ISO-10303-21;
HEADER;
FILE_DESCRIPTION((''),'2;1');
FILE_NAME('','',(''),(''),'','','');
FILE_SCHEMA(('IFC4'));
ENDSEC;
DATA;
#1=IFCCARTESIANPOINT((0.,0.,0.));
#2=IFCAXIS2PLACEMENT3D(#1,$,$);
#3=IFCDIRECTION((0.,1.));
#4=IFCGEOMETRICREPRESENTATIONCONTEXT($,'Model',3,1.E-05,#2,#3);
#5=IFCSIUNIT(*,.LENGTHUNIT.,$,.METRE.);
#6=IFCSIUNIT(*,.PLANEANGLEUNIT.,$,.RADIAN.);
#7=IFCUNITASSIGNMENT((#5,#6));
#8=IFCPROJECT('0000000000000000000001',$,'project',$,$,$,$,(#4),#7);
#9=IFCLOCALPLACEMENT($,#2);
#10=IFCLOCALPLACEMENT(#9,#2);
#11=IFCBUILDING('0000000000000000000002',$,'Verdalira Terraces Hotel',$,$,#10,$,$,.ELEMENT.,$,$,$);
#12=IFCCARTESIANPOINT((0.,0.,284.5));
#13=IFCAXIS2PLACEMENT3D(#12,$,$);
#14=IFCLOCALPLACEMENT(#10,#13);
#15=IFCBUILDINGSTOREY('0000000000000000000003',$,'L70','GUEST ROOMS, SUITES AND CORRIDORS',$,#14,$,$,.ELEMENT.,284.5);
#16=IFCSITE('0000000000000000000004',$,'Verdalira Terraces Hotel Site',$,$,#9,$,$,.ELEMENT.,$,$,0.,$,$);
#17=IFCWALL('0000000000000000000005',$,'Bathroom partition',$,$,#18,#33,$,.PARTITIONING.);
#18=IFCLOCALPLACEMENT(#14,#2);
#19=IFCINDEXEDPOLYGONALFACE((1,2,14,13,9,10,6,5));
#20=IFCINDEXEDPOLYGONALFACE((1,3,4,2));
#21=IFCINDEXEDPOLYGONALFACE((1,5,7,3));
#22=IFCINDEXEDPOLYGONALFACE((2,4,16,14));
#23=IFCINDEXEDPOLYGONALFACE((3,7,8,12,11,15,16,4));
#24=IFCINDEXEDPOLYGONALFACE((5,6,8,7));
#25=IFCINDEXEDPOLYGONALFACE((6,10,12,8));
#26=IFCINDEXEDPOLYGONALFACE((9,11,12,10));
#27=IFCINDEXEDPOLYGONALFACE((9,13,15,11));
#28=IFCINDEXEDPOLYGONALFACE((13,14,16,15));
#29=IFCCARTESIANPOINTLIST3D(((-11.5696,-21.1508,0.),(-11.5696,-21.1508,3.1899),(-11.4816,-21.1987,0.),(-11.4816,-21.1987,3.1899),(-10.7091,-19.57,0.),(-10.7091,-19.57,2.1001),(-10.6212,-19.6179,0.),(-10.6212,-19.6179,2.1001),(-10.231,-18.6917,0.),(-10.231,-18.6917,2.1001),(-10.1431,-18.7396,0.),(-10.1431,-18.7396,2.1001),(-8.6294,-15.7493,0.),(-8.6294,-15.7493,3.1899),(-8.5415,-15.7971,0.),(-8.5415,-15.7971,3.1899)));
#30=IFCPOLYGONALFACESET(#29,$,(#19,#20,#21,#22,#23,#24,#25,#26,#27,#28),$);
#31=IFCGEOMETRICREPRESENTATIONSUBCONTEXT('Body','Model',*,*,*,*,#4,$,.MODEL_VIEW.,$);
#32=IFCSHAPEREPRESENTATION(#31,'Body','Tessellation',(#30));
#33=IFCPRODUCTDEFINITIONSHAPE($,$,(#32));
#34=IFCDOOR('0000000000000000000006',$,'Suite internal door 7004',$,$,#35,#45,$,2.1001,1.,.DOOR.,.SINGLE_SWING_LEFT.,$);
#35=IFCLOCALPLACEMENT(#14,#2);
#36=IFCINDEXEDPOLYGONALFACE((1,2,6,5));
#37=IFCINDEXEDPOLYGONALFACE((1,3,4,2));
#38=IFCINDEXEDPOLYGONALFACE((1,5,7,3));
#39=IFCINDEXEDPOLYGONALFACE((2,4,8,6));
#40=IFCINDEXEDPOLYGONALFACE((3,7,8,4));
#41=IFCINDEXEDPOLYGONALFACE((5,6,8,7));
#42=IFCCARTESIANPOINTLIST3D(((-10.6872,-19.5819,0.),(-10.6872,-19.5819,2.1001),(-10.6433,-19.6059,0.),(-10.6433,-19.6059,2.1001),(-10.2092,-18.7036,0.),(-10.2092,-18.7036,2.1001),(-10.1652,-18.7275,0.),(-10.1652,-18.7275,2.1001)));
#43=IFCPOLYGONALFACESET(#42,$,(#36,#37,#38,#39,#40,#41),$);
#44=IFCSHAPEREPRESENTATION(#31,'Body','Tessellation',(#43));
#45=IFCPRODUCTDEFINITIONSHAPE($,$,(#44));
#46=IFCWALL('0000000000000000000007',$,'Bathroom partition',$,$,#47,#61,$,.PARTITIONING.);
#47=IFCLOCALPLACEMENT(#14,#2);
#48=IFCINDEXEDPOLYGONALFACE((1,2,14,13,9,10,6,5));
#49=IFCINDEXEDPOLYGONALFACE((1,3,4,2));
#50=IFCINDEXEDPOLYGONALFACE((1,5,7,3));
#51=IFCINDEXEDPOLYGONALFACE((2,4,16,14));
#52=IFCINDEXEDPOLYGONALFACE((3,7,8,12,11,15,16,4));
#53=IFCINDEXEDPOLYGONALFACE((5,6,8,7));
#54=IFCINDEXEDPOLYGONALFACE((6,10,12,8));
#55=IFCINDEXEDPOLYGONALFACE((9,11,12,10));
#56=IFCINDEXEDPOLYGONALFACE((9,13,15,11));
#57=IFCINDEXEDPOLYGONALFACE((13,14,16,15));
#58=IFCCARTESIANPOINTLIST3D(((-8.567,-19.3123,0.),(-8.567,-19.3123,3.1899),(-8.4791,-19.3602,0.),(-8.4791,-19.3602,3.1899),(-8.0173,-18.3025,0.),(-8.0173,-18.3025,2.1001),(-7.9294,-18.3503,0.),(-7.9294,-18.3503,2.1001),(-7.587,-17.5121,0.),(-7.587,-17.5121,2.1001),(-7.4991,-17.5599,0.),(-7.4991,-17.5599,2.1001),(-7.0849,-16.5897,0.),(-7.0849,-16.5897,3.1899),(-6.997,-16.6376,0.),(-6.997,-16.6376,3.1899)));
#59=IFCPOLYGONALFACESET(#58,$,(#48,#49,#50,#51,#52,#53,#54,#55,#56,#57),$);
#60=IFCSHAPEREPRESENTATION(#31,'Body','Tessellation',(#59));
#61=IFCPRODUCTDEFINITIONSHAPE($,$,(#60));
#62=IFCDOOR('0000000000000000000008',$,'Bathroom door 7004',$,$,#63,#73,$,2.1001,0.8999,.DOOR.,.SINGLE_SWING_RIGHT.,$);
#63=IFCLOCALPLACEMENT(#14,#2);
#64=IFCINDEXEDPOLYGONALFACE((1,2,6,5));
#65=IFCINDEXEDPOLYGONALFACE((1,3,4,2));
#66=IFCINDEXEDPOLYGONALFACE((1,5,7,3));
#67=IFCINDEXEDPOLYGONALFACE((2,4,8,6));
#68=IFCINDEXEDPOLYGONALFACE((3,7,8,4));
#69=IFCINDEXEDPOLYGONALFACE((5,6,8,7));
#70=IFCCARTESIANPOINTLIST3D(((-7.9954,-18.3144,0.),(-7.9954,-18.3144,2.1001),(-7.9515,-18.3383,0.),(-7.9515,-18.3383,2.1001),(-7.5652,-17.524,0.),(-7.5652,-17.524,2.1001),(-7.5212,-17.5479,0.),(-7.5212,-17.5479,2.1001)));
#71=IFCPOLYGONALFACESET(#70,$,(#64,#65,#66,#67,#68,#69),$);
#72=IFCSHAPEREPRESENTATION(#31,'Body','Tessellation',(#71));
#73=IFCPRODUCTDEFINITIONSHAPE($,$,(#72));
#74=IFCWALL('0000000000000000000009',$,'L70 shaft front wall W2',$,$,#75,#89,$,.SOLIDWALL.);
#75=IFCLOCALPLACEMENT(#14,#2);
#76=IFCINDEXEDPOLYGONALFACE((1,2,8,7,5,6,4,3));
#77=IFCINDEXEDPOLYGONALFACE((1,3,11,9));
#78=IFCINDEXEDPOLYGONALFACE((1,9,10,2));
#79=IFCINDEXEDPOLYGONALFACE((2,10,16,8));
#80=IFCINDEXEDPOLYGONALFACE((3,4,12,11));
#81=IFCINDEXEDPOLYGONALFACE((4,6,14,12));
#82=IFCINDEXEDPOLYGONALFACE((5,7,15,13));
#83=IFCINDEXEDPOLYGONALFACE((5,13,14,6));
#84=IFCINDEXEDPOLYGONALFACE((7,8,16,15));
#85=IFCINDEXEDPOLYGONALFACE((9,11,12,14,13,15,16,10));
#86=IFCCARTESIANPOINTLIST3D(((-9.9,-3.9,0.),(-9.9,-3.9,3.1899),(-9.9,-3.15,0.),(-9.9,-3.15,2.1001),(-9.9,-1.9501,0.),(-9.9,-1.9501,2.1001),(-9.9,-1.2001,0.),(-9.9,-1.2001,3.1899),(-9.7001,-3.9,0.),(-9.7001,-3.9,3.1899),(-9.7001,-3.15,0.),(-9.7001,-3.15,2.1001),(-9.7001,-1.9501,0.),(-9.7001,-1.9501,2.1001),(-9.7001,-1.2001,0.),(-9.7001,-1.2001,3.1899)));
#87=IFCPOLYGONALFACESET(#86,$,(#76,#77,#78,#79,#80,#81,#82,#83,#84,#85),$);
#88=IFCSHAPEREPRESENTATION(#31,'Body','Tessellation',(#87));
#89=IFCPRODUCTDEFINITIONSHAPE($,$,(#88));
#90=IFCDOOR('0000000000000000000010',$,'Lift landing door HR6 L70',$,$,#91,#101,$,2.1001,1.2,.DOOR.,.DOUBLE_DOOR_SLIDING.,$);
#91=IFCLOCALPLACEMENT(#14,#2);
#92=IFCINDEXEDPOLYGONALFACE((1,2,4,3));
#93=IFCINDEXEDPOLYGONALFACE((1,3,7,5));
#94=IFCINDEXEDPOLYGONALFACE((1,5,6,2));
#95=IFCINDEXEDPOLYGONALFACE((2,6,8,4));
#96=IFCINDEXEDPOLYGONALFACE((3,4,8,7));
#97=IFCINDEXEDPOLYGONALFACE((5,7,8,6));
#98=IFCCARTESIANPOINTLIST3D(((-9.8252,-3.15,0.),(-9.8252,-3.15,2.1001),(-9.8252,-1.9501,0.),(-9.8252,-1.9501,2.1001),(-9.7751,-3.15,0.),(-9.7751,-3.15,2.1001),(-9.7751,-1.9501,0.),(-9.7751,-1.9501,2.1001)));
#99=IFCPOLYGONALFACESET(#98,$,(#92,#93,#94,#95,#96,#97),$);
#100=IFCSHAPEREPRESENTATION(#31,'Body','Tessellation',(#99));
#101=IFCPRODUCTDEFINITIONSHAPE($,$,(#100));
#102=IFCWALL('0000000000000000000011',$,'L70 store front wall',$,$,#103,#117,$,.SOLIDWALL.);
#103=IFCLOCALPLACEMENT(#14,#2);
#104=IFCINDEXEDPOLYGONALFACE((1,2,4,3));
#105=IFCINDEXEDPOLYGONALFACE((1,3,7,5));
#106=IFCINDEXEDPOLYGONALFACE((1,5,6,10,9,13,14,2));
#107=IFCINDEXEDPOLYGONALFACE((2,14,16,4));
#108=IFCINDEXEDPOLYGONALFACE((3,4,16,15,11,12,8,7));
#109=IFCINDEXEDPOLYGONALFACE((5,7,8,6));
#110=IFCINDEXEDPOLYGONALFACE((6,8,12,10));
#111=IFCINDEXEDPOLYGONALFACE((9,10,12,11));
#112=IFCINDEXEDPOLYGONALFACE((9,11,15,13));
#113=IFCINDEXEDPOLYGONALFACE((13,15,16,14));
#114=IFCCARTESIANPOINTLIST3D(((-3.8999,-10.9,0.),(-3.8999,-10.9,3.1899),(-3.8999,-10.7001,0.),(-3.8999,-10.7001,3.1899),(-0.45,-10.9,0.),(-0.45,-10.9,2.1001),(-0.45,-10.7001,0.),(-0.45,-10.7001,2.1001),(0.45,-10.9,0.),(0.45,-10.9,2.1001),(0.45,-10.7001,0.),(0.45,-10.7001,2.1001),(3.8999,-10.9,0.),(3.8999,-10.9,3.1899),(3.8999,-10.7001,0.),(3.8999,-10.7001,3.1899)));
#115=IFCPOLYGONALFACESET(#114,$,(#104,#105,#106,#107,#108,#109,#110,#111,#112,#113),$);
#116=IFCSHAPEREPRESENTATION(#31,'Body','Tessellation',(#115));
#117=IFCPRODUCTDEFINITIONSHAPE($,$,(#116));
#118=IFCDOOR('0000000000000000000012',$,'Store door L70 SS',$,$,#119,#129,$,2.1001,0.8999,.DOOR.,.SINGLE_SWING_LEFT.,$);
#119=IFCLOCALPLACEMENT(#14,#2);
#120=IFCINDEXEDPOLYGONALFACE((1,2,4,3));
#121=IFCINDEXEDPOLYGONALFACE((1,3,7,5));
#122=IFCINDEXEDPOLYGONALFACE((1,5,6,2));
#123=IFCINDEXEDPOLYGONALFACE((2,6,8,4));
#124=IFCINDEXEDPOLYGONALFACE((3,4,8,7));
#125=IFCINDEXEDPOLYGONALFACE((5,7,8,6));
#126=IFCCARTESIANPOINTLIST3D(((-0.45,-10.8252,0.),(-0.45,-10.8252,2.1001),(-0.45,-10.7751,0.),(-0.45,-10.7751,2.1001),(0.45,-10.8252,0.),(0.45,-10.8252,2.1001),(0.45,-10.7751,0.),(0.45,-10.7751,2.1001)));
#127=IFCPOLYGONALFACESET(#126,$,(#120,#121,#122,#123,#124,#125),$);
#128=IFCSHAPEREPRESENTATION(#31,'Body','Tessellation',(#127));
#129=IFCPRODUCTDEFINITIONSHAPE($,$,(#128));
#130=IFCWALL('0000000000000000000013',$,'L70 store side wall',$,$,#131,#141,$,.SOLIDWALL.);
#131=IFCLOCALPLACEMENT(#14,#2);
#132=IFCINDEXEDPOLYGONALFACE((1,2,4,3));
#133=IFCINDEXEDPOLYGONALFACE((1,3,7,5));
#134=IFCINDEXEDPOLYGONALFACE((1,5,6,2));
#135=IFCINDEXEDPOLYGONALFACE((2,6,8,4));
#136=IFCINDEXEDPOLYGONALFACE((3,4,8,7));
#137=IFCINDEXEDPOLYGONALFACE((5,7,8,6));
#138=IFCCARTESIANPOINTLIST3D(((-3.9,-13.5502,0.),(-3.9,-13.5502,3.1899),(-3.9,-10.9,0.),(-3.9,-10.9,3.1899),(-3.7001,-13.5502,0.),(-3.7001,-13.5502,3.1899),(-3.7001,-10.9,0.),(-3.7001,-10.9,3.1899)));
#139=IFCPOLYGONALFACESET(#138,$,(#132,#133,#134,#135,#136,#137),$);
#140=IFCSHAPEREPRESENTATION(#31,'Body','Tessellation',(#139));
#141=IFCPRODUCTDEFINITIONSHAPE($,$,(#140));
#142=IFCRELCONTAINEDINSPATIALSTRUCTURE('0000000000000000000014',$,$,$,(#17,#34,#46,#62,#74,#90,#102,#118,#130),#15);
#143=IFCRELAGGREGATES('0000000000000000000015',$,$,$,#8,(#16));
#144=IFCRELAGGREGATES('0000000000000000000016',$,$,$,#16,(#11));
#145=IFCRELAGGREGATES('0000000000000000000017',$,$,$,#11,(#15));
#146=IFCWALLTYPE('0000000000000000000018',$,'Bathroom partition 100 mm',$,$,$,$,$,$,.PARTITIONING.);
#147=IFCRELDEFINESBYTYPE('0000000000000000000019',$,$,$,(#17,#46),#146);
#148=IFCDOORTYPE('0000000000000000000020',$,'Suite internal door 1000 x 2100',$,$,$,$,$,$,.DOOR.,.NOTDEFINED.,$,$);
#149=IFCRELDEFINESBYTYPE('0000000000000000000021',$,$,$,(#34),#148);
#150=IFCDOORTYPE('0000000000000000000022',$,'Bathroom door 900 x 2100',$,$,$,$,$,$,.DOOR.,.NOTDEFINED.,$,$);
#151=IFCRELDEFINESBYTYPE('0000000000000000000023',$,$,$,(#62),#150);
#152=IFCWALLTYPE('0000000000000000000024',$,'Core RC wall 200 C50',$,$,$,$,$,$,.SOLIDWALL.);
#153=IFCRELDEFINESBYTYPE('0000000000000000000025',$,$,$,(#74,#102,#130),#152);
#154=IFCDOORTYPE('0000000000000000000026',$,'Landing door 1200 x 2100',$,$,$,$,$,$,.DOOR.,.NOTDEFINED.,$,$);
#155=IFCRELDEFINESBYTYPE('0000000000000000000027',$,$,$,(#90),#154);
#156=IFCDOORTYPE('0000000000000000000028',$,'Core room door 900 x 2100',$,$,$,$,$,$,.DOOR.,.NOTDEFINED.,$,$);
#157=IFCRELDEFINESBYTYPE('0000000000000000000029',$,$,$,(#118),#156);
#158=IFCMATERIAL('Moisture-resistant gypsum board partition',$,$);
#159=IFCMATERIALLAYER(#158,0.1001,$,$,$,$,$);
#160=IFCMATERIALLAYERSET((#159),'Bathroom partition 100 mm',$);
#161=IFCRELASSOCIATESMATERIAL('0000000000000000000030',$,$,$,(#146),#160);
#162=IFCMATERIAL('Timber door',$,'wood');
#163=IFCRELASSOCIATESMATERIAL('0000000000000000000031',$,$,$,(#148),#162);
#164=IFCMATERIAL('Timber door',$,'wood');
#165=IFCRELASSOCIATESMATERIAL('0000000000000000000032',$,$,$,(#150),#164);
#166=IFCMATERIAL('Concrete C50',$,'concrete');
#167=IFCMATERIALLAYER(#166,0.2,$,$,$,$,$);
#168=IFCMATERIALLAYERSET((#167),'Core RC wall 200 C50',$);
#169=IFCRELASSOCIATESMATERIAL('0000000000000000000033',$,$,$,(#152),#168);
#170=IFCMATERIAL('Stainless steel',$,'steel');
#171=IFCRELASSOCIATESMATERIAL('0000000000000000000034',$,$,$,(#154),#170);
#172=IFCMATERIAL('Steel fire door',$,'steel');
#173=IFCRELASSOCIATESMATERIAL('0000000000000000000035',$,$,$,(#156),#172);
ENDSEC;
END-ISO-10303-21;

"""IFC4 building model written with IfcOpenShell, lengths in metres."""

from ifc_helpers import new_model, si_unit, direction, frame, frame_2d, origin, place, context, subcontext, project, spatial, rectangle, extrude, material, layer, layer_set, type_object, element, fill, save


model = new_model("IFC4")

# Units and contexts
model_context = context("Model", 3, precision=1e-05, world=origin(), true_north=direction((0.0, 1.0)))
body_context = subcontext(model_context, "Body", "Model", "MODEL_VIEW")
ifc_project = project(units=[si_unit("LENGTHUNIT", "METRE"), si_unit("PLANEANGLEUNIT", "RADIAN")], contexts=[model_context])

# Site, building, storey
site_placement = place(None, origin())
site = spatial("IfcSite", under=ifc_project, at=site_placement, Name="Verdalira Terraces Hotel Site", CompositionType="ELEMENT", RefElevation=0.0)
building_placement = place(site_placement, origin())
building = spatial("IfcBuilding", under=site, at=building_placement, Name="Verdalira Terraces Hotel", CompositionType="ELEMENT")
storey_placement = place(building_placement, frame((0.0, 0.0, 284.5)))
storey = spatial("IfcBuildingStorey", under=building, at=storey_placement, Name="L70", Description="GUEST ROOMS, SUITES AND CORRIDORS", CompositionType="ELEMENT", Elevation=284.5)

# Walls, openings, doors
ifc_material_1 = material(Name="Moisture-resistant gypsum board partition")
ifc_layer_1 = layer(ifc_material_1, 0.1001)
ifc_layer_set_1 = layer_set([ifc_layer_1], Name="Bathroom partition 100 mm")
wall_type_1 = type_object("IfcWallType", Name="Bathroom partition 100 mm", PredefinedType="PARTITIONING", material=ifc_layer_set_1)
wall_1_placement = place(storey_placement, frame((-8.5854, -15.7732, 0.0), z_axis=(0.0, 0.0, 1.0), x_axis=(-0.478082, -0.878315, 0.0)))
wall_1 = element("IfcWall", 1, at=wall_1_placement, inside=storey, type_object=wall_type_1, Name="Bathroom partition", PredefinedType="PARTITIONING", context=body_context, shape_type="SweptSolid", body=[
    extrude(rectangle(XDim=6.1499, YDim=0.1001, at=frame_2d((3.075, 0.0))), origin(), (0.0, 0.0, 1.0), 3.1899),
])
opening_1_placement = place(wall_1_placement, frame((3.3501, 0.0, 0.0)))
opening_1 = element("IfcOpeningElement", 2, at=opening_1_placement, cuts=wall_1, PredefinedType="OPENING", context=body_context, shape_type="SweptSolid", body=[
    extrude(rectangle(XDim=1.0, YDim=2.1001, at=frame_2d((0.5, 1.05))), frame((0.0, 0.0601, 0.0), z_axis=(0.0, -1.0, 0.0), x_axis=(1.0, 0.0, 0.0)), (0.0, 0.0, 1.0), 0.1201),
])
ifc_material_2 = material(Name="Timber door", Category="wood")
door_type_1 = type_object("IfcDoorType", Name="Suite internal door 1000 x 2100", OperationType="NOTDEFINED", PredefinedType="DOOR", material=ifc_material_2)
door_1_placement = place(opening_1_placement, origin())
door_1 = element("IfcDoor", 3, at=door_1_placement, inside=storey, type_object=door_type_1, Name="Suite internal door 7004", OperationType="SINGLE_SWING_LEFT", OverallHeight=2.1001, OverallWidth=1.0, PredefinedType="DOOR", context=body_context, shape_type="SweptSolid", body=[
    extrude(rectangle(XDim=1.0, YDim=2.1001, at=frame_2d((0.5, 1.05))), frame((0.0, 0.0249, 0.0), z_axis=(0.0, -1.0, 0.0), x_axis=(1.0, 0.0, 0.0)), (0.0, 0.0, 1.0), 0.05),
])
fill(opening_1, door_1)
wall_2_placement = place(storey_placement, frame((-7.041, -16.6138, 0.0), z_axis=(0.0, 0.0, 1.0), x_axis=(-0.478129, -0.87829, 0.0)))
wall_2 = element("IfcWall", 4, at=wall_2_placement, inside=storey, type_object=wall_type_1, Name="Bathroom partition", PredefinedType="PARTITIONING", context=body_context, shape_type="SweptSolid", body=[
    extrude(rectangle(XDim=3.0999, YDim=0.1001, at=frame_2d((1.5498, 0.0))), origin(), (0.0, 0.0, 1.0), 3.1899),
])
opening_2_placement = place(wall_2_placement, frame((1.05, 0.0, 0.0)))
opening_2 = element("IfcOpeningElement", 5, at=opening_2_placement, cuts=wall_2, PredefinedType="OPENING", context=body_context, shape_type="SweptSolid", body=[
    extrude(rectangle(XDim=0.8999, YDim=2.1001, at=frame_2d((0.45, 1.05))), frame((0.0, 0.0601, 0.0), z_axis=(0.0, -1.0, 0.0), x_axis=(1.0, 0.0, 0.0)), (0.0, 0.0, 1.0), 0.1201),
])
ifc_material_3 = material(Name="Timber door", Category="wood")
door_type_2 = type_object("IfcDoorType", Name="Bathroom door 900 x 2100", OperationType="NOTDEFINED", PredefinedType="DOOR", material=ifc_material_3)
door_2_placement = place(opening_2_placement, origin())
door_2 = element("IfcDoor", 6, at=door_2_placement, inside=storey, type_object=door_type_2, Name="Bathroom door 7004", OperationType="SINGLE_SWING_RIGHT", OverallHeight=2.1001, OverallWidth=0.8999, PredefinedType="DOOR", context=body_context, shape_type="SweptSolid", body=[
    extrude(rectangle(XDim=0.8999, YDim=2.1001, at=frame_2d((0.45, 1.05))), frame((0.0, 0.0249, 0.0), z_axis=(0.0, -1.0, 0.0), x_axis=(1.0, 0.0, 0.0)), (0.0, 0.0, 1.0), 0.05),
])
fill(opening_2, door_2)
ifc_material_4 = material(Name="Concrete C50", Category="concrete")
ifc_layer_2 = layer(ifc_material_4, 0.2)
ifc_layer_set_2 = layer_set([ifc_layer_2], Name="Core RC wall 200 C50")
wall_type_2 = type_object("IfcWallType", Name="Core RC wall 200 C50", PredefinedType="SOLIDWALL", material=ifc_layer_set_2)
wall_3_placement = place(storey_placement, frame((-9.8, -1.2, 0.0), z_axis=(0.0, 0.0, 1.0), x_axis=(0.0, -1.0, 0.0)))
wall_3 = element("IfcWall", 7, at=wall_3_placement, inside=storey, type_object=wall_type_2, Name="L70 shaft front wall W2", PredefinedType="SOLIDWALL", context=body_context, shape_type="SweptSolid", body=[
    extrude(rectangle(XDim=2.7, YDim=0.2, at=frame_2d((1.3501, 0.0))), origin(), (0.0, 0.0, 1.0), 3.1899),
])
opening_3_placement = place(wall_3_placement, frame((0.75, 0.0, 0.0)))
opening_3 = element("IfcOpeningElement", 8, at=opening_3_placement, cuts=wall_3, PredefinedType="OPENING", context=body_context, shape_type="SweptSolid", body=[
    extrude(rectangle(XDim=1.2, YDim=2.1001, at=frame_2d((0.6001, 1.05))), frame((0.0, 0.1099, 0.0), z_axis=(0.0, -1.0, 0.0), x_axis=(1.0, 0.0, 0.0)), (0.0, 0.0, 1.0), 0.22),
])
ifc_material_5 = material(Name="Stainless steel", Category="steel")
door_type_3 = type_object("IfcDoorType", Name="Landing door 1200 x 2100", OperationType="NOTDEFINED", PredefinedType="DOOR", material=ifc_material_5)
door_3_placement = place(opening_3_placement, origin())
door_3 = element("IfcDoor", 9, at=door_3_placement, inside=storey, type_object=door_type_3, Name="Lift landing door HR6 L70", OperationType="DOUBLE_DOOR_SLIDING", OverallHeight=2.1001, OverallWidth=1.2, PredefinedType="DOOR", context=body_context, shape_type="SweptSolid", body=[
    extrude(rectangle(XDim=1.2, YDim=2.1001, at=frame_2d((0.6001, 1.05))), frame((0.0, 0.0249, 0.0), z_axis=(0.0, -1.0, 0.0), x_axis=(1.0, 0.0, 0.0)), (0.0, 0.0, 1.0), 0.05),
])
fill(opening_3, door_3)
wall_4_placement = place(storey_placement, frame((-3.8999, -10.8, 0.0), z_axis=(0.0, 0.0, 1.0), x_axis=(1.0, 0.0, 0.0)))
wall_4 = element("IfcWall", 10, at=wall_4_placement, inside=storey, type_object=wall_type_2, Name="L70 store front wall", PredefinedType="SOLIDWALL", context=body_context, shape_type="SweptSolid", body=[
    extrude(rectangle(XDim=7.7998, YDim=0.2, at=frame_2d((3.8999, 0.0))), origin(), (0.0, 0.0, 1.0), 3.1899),
])
opening_4_placement = place(wall_4_placement, frame((3.45, 0.0, 0.0)))
opening_4 = element("IfcOpeningElement", 11, at=opening_4_placement, cuts=wall_4, PredefinedType="OPENING", context=body_context, shape_type="SweptSolid", body=[
    extrude(rectangle(XDim=0.8999, YDim=2.1001, at=frame_2d((0.45, 1.05))), frame((0.0, 0.1099, 0.0), z_axis=(0.0, -1.0, 0.0), x_axis=(1.0, 0.0, 0.0)), (0.0, 0.0, 1.0), 0.22),
])
ifc_material_6 = material(Name="Steel fire door", Category="steel")
door_type_4 = type_object("IfcDoorType", Name="Core room door 900 x 2100", OperationType="NOTDEFINED", PredefinedType="DOOR", material=ifc_material_6)
door_4_placement = place(opening_4_placement, origin())
door_4 = element("IfcDoor", 12, at=door_4_placement, inside=storey, type_object=door_type_4, Name="Store door L70 SS", OperationType="SINGLE_SWING_LEFT", OverallHeight=2.1001, OverallWidth=0.8999, PredefinedType="DOOR", context=body_context, shape_type="SweptSolid", body=[
    extrude(rectangle(XDim=0.8999, YDim=2.1001, at=frame_2d((0.45, 1.05))), frame((0.0, 0.0249, 0.0), z_axis=(0.0, -1.0, 0.0), x_axis=(1.0, 0.0, 0.0)), (0.0, 0.0, 1.0), 0.05),
])
fill(opening_4, door_4)

# Wall
wall_5_placement = place(storey_placement, frame((-3.8, -10.8999, 0.0), z_axis=(0.0, 0.0, 1.0), x_axis=(0.0, -1.0, 0.0)))
element("IfcWall", 13, at=wall_5_placement, inside=storey, type_object=wall_type_2, Name="L70 store side wall", PredefinedType="SOLIDWALL", context=body_context, shape_type="SweptSolid", body=[
    extrude(rectangle(XDim=2.6501, YDim=0.2, at=frame_2d((1.3252, 0.0))), origin(), (0.0, 0.0, 1.0), 3.1899),
])

save(model, "model.ifc")
